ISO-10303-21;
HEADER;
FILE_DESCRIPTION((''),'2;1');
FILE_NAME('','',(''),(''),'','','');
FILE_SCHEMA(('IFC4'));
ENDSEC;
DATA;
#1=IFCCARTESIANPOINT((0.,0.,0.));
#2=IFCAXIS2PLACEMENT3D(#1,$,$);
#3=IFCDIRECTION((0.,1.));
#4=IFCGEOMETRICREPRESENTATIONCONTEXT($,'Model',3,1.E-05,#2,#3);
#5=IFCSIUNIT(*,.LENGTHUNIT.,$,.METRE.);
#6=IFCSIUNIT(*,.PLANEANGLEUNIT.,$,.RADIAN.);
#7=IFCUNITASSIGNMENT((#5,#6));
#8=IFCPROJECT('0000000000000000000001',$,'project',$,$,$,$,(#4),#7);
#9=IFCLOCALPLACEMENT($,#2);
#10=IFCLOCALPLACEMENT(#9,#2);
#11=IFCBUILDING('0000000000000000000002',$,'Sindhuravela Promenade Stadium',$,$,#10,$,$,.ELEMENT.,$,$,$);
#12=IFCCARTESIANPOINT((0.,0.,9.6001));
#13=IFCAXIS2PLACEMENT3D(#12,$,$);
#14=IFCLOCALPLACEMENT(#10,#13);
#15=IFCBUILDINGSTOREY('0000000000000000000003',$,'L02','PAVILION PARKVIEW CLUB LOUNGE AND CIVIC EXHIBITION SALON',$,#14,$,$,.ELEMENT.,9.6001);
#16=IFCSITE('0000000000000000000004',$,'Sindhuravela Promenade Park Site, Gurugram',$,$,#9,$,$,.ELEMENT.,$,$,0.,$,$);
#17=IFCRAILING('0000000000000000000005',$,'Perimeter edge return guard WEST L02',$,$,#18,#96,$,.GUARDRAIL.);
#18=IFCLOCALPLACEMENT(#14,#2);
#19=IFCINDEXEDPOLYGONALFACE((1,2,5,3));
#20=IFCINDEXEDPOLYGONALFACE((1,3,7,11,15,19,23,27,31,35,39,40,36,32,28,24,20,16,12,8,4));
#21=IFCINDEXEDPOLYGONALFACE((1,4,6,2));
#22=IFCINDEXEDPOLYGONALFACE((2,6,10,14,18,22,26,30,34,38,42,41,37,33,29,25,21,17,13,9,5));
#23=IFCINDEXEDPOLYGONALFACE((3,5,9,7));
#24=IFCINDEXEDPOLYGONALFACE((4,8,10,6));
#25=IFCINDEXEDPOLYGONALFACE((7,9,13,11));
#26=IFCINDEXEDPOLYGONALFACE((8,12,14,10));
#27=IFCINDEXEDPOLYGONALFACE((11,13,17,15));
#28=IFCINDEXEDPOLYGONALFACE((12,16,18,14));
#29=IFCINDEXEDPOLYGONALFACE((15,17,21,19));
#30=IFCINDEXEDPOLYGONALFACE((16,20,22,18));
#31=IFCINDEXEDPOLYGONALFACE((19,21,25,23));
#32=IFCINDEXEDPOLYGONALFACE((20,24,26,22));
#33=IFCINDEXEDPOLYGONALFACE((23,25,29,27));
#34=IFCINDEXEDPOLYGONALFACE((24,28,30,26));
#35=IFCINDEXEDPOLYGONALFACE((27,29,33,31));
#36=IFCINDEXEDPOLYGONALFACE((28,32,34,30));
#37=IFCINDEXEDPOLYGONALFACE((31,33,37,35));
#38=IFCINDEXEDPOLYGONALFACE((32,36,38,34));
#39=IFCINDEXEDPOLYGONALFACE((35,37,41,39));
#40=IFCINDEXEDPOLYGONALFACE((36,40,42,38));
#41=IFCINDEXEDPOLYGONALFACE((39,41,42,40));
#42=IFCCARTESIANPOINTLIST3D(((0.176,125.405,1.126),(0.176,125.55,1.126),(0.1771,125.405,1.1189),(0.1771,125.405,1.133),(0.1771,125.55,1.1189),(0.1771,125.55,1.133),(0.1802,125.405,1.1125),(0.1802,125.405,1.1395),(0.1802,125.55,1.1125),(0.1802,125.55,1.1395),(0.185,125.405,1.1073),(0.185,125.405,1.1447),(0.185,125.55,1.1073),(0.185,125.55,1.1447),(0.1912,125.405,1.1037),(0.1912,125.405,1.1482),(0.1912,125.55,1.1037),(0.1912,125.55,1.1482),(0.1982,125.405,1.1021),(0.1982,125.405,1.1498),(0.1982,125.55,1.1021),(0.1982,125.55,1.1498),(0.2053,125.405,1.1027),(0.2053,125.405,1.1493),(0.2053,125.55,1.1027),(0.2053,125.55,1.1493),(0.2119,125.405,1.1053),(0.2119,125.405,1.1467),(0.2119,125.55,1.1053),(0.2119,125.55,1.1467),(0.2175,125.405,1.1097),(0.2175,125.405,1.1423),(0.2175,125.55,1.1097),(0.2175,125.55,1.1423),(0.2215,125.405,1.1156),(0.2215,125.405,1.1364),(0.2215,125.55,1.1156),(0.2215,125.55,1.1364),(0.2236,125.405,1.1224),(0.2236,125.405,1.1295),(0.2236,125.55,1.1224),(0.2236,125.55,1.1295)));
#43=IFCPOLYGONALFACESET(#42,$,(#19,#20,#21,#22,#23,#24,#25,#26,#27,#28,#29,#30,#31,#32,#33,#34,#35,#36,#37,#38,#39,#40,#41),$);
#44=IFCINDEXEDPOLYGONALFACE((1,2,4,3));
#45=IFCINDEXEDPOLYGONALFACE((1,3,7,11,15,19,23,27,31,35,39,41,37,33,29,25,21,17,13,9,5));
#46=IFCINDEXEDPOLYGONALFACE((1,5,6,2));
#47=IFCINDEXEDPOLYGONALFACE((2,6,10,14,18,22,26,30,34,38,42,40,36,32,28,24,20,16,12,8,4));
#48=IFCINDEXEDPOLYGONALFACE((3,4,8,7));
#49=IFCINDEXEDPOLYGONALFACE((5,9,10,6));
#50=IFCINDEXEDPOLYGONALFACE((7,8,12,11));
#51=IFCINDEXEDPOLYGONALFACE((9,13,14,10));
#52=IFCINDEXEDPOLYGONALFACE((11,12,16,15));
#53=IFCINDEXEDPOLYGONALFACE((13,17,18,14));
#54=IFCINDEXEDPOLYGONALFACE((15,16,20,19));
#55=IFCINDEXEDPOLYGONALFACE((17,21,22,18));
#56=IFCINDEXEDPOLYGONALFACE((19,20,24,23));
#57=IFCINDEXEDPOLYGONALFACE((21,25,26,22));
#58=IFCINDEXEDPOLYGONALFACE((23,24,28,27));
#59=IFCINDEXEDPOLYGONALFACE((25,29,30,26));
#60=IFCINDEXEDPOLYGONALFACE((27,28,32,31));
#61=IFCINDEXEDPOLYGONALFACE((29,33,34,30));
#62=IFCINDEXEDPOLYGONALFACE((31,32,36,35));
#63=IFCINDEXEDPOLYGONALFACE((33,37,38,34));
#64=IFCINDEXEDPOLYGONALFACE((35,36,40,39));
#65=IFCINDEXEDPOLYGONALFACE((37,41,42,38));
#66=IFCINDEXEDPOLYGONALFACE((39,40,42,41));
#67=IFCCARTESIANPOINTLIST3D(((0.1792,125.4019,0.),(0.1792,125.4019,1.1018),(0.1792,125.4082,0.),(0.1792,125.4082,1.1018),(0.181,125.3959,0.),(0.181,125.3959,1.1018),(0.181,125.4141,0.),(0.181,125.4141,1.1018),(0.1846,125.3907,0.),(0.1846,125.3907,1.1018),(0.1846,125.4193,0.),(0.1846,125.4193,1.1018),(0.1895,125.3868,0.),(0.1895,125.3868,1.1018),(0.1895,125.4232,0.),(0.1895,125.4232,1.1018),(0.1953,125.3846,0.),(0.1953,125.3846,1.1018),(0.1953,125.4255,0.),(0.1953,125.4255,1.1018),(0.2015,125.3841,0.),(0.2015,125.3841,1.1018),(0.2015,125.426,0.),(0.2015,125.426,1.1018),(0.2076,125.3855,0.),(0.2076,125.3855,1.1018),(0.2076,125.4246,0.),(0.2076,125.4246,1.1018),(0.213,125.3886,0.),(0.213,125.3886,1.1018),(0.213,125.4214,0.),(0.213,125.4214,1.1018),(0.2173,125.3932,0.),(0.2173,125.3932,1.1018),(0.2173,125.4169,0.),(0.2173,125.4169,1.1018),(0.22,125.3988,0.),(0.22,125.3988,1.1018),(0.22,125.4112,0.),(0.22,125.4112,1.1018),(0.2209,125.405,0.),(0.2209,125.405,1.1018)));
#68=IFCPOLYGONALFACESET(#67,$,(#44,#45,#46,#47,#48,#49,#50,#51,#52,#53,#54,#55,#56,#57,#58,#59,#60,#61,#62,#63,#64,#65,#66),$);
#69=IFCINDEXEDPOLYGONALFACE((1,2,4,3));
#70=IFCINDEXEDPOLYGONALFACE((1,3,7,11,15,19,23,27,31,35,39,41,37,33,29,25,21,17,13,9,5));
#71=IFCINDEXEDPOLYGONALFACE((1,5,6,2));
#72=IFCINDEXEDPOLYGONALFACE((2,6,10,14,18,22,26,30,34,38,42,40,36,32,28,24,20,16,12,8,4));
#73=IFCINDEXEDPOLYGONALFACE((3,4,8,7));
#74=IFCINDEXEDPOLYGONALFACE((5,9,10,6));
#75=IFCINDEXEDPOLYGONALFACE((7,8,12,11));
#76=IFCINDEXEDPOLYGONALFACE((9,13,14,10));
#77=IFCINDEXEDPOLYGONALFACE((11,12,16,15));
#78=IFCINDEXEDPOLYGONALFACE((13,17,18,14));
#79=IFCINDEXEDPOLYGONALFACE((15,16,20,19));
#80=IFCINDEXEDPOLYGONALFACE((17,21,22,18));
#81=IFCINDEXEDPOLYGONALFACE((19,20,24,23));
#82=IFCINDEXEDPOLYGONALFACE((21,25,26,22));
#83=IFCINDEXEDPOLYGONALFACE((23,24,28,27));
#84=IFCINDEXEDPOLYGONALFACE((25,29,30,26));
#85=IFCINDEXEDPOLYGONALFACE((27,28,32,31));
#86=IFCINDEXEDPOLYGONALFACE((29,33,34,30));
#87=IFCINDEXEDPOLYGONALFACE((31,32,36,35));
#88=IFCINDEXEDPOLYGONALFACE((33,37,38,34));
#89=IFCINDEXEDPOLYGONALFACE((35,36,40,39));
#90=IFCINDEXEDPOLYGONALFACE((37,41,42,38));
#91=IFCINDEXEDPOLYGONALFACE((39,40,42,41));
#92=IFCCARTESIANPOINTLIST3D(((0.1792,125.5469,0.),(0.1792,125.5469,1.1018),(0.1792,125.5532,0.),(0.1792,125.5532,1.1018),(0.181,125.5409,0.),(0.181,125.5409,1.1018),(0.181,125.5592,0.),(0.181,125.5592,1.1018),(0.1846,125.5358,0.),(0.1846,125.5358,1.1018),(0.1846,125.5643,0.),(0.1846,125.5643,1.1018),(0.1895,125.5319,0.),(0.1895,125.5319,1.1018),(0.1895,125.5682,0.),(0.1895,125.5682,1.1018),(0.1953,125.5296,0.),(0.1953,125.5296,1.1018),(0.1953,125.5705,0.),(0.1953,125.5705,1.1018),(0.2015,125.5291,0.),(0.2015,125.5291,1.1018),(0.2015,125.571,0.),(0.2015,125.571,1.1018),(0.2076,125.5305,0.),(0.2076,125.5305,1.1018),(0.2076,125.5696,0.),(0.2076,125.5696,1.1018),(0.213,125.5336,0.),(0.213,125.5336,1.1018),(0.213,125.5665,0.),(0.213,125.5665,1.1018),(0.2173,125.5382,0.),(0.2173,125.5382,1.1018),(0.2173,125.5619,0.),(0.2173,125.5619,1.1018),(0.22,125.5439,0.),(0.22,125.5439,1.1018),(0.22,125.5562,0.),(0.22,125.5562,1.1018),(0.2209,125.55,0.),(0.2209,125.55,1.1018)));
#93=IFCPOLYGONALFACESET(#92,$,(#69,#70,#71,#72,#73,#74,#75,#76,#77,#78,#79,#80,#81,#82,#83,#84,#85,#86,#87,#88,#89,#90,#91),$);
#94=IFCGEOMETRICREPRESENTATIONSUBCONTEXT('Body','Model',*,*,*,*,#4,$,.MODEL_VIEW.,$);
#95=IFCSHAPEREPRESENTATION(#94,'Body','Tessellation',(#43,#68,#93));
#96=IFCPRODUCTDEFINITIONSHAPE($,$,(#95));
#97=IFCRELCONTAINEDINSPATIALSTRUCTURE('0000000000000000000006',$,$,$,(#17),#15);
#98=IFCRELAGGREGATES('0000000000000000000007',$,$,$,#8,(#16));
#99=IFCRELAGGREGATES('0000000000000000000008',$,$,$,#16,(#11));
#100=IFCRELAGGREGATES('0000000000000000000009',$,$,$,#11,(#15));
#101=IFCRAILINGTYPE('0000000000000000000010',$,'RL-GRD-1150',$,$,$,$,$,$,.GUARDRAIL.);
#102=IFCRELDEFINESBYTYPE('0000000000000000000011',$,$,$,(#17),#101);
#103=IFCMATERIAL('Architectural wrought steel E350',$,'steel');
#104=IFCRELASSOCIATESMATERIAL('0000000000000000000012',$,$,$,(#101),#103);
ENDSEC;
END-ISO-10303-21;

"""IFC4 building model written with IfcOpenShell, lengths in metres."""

from ifc_helpers import new_model, si_unit, direction, frame, origin, origin_2d, place, context, subcontext, project, spatial, circle, extrude, material, type_object, element, save


model = new_model("IFC4")

# Units and contexts
model_context = context("Model", 3, precision=1e-05, world=origin(), true_north=direction((0.0, 1.0)))
body_context = subcontext(model_context, "Body", "Model", "MODEL_VIEW")
ifc_project = project(units=[si_unit("LENGTHUNIT", "METRE"), si_unit("PLANEANGLEUNIT", "RADIAN")], contexts=[model_context])

# Site, building, storey
site_placement = place(None, origin())
site = spatial("IfcSite", under=ifc_project, at=site_placement, Name="Sindhuravela Promenade Park Site, Gurugram", CompositionType="ELEMENT", RefElevation=0.0)
building_placement = place(site_placement, origin())
building = spatial("IfcBuilding", under=site, at=building_placement, Name="Sindhuravela Promenade Stadium", CompositionType="ELEMENT")
storey_placement = place(building_placement, frame((0.0, 0.0, 9.6001)))
storey = spatial("IfcBuildingStorey", under=building, at=storey_placement, Name="L02", Description="PAVILION PARKVIEW CLUB LOUNGE AND CIVIC EXHIBITION SALON", CompositionType="ELEMENT", Elevation=9.6001)

# Railing
ifc_material_1 = material(Name="Architectural wrought steel E350", Category="steel")
railing_type_1 = type_object("IfcRailingType", Name="RL-GRD-1150", PredefinedType="GUARDRAIL", material=ifc_material_1)
railing_1_placement = place(storey_placement, frame((0.2, 125.405, 0.0)))
element("IfcRailing", 1, at=railing_1_placement, inside=storey, type_object=railing_type_1, Name="Perimeter edge return guard WEST L02", PredefinedType="GUARDRAIL", context=body_context, shape_type="SweptSolid", body=[
    extrude(circle(Radius=0.0239, at=origin_2d()), frame((0.0, 0.0, 1.126), z_axis=(0.0, 1.0, 0.0), x_axis=(-1.0, 0.0, 0.0)), (0.0, 0.0, 1.0), 0.145),
    extrude(circle(Radius=0.021, at=origin_2d()), origin(), (0.0, 0.0, 1.0), 1.1018),
    extrude(circle(Radius=0.021, at=origin_2d()), frame((0.0, 0.145, 0.0)), (0.0, 0.0, 1.0), 1.1018),
])

save(model, "model.ifc")
